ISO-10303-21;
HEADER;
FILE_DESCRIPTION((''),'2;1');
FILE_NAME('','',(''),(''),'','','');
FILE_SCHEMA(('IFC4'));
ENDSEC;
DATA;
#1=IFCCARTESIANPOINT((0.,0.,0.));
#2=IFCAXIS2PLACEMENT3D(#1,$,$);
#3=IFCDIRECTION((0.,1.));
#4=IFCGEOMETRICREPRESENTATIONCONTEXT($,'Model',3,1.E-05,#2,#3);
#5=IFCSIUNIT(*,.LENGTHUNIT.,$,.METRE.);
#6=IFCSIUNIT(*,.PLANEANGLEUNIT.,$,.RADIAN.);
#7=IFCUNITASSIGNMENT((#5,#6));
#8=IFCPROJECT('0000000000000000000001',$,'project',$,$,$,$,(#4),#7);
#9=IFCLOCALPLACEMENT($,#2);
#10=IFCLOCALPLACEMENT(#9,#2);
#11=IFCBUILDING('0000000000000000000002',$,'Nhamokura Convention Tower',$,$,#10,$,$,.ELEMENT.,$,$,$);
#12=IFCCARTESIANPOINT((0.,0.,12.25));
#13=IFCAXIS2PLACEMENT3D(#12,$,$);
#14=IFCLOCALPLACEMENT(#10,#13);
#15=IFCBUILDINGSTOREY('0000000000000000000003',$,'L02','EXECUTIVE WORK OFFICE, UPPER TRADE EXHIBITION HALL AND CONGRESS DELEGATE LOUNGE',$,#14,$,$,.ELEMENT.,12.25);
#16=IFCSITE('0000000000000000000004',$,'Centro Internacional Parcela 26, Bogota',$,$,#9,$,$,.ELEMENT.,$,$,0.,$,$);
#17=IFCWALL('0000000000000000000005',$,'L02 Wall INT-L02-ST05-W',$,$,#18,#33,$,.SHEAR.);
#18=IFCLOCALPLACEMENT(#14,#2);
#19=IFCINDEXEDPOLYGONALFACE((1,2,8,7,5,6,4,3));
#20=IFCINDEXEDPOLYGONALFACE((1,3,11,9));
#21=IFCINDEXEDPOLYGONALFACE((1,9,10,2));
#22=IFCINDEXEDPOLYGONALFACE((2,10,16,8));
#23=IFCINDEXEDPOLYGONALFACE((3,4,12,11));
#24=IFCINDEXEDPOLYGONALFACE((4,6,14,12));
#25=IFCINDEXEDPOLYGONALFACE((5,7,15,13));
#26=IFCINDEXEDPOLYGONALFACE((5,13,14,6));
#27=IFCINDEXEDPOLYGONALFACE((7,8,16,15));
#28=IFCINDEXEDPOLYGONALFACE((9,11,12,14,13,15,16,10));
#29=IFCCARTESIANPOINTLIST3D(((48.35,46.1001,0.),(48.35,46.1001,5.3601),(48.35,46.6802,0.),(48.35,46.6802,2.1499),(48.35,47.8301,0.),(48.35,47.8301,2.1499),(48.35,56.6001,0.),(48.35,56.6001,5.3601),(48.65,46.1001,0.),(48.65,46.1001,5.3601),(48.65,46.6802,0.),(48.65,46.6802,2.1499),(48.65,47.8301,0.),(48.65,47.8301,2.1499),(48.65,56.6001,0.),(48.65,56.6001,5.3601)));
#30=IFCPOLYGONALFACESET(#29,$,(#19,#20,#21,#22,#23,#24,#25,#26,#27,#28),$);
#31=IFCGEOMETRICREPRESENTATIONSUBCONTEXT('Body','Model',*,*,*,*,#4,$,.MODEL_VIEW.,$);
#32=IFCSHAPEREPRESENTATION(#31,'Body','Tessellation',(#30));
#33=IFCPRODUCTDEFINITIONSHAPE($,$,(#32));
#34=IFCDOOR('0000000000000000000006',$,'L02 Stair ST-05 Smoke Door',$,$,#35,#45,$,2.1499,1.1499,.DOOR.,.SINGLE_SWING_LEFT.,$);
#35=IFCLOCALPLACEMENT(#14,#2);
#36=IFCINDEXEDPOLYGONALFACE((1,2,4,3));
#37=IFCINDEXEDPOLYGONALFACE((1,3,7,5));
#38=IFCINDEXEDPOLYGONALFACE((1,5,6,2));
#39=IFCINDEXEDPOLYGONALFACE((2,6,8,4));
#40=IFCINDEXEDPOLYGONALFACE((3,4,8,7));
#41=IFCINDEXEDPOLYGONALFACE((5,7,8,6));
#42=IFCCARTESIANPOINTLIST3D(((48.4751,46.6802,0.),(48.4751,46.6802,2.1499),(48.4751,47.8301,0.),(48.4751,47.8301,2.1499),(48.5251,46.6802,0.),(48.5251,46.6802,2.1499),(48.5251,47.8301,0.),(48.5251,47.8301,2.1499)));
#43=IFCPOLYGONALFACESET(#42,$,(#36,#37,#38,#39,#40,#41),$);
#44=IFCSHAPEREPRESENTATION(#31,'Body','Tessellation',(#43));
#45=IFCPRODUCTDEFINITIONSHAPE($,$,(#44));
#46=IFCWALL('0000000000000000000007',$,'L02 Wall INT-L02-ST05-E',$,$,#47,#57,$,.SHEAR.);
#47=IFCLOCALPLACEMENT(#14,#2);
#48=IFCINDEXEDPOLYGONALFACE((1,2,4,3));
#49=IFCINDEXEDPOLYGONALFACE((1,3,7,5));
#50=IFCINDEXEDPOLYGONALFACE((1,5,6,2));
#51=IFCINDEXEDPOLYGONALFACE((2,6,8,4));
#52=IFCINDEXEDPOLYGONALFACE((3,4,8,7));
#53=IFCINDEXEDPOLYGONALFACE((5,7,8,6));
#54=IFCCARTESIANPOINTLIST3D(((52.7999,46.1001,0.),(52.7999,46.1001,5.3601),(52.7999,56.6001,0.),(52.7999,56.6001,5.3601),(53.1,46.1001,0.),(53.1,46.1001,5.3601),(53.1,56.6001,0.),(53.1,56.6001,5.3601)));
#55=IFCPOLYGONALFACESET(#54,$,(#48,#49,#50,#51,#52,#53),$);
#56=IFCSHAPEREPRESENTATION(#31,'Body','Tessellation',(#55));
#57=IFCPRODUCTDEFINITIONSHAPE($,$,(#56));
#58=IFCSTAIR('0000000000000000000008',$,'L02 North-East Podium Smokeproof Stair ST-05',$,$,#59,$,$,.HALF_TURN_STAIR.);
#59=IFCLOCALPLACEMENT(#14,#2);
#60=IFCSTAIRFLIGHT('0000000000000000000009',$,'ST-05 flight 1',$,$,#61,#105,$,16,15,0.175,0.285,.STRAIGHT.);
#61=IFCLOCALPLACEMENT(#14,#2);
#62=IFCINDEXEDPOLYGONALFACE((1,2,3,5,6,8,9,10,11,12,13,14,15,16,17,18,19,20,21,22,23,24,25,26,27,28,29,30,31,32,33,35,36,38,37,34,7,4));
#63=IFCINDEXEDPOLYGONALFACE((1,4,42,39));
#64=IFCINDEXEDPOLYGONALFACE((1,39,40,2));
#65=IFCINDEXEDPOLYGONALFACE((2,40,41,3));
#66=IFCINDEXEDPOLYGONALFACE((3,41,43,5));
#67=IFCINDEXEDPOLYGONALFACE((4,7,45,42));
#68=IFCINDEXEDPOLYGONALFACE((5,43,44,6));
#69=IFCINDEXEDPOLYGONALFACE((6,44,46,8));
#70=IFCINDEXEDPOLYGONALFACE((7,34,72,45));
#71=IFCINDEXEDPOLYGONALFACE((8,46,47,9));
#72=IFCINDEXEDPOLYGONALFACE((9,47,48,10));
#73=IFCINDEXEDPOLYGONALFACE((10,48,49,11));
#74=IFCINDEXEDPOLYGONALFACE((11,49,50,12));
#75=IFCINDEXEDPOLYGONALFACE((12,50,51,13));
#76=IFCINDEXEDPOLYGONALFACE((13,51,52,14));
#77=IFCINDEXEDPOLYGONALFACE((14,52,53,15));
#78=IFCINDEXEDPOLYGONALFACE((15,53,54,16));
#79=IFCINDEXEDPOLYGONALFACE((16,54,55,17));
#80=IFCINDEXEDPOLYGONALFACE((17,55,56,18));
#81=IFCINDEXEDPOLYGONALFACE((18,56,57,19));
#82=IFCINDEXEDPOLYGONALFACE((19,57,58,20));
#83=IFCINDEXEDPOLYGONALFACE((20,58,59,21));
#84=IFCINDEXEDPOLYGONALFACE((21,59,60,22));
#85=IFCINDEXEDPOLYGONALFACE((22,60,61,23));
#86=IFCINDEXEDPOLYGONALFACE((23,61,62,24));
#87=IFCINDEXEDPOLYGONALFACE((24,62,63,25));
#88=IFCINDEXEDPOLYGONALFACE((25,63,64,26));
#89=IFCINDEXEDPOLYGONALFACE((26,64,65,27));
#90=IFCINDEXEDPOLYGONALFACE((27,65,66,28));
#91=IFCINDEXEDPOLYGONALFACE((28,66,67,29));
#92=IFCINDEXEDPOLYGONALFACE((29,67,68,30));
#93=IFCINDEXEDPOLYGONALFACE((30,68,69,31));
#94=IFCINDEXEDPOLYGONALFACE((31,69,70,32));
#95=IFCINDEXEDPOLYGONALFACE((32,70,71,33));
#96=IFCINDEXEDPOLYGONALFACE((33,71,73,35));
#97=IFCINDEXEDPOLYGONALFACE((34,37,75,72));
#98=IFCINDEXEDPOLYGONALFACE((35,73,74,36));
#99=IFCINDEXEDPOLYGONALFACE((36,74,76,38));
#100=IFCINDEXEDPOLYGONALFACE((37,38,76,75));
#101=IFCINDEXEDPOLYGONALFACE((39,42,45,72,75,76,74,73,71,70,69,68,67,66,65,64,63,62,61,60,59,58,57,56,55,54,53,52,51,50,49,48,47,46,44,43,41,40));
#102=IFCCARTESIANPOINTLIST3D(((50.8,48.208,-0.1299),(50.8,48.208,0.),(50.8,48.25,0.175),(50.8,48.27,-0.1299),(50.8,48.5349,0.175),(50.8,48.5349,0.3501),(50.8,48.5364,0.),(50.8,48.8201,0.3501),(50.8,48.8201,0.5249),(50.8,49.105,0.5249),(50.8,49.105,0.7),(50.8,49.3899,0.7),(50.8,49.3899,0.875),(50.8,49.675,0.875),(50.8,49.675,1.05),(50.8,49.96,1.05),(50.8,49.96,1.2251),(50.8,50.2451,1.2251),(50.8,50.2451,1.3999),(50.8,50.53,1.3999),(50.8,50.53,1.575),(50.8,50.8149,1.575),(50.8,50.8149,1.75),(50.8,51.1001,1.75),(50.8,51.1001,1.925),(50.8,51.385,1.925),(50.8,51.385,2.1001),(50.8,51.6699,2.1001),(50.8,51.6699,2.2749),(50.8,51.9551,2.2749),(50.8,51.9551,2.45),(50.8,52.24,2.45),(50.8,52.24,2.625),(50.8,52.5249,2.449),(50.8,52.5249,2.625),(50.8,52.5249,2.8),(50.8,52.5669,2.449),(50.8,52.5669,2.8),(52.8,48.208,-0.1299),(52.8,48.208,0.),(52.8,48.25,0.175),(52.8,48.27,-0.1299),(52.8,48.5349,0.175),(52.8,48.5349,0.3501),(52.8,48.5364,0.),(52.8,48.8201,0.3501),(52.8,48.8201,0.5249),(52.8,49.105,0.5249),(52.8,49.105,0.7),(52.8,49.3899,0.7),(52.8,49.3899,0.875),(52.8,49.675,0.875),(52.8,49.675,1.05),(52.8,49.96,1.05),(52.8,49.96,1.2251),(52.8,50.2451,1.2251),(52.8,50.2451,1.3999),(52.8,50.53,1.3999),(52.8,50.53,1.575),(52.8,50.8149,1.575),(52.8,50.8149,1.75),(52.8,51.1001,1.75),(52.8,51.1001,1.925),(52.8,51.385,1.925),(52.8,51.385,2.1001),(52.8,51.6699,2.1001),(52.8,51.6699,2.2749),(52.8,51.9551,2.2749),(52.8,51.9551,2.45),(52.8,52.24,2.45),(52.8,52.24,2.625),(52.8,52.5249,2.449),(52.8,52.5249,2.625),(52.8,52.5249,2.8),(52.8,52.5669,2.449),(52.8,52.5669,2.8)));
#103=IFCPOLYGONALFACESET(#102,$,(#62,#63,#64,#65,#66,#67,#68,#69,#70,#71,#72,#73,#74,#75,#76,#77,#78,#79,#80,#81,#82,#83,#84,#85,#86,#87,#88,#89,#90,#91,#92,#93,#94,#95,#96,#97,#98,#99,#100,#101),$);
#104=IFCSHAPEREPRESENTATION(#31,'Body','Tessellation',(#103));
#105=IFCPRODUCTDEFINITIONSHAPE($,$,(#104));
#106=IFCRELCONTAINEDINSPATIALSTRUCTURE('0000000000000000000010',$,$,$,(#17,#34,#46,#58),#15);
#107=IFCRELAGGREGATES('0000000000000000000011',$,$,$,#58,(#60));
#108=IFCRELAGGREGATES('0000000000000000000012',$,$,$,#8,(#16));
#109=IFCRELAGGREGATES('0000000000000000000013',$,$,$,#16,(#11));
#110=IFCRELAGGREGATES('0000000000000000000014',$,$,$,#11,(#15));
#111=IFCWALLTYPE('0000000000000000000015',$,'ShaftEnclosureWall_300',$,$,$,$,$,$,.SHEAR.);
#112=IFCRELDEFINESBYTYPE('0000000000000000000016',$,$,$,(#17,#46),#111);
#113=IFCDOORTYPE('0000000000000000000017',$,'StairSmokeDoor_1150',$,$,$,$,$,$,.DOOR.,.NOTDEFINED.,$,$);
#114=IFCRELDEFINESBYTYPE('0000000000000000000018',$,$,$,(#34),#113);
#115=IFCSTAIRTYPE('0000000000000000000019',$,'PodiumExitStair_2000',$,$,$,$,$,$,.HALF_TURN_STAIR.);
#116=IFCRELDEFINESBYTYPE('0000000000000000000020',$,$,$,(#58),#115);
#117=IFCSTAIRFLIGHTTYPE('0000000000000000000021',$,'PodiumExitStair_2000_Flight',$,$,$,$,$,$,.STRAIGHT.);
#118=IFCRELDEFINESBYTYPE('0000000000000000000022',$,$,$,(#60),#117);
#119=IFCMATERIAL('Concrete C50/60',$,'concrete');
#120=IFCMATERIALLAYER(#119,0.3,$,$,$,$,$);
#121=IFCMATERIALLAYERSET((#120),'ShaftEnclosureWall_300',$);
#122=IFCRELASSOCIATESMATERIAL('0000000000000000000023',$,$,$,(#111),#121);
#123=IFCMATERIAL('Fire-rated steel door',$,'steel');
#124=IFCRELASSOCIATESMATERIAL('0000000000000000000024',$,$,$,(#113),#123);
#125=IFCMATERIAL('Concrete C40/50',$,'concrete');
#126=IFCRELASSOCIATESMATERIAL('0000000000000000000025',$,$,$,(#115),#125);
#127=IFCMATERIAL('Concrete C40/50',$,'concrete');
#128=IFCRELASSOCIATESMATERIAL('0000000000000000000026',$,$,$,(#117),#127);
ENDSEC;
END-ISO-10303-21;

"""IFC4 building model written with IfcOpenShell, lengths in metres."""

from ifc_helpers import new_model, si_unit, direction, frame, frame_2d, origin, place, context, subcontext, project, spatial, polyline, rectangle, outline, extrude, material, layer, layer_set, type_object, element, fill, aggregate, save


model = new_model("IFC4")

# Units and contexts
model_context = context("Model", 3, precision=1e-05, world=origin(), true_north=direction((0.0, 1.0)))
body_context = subcontext(model_context, "Body", "Model", "MODEL_VIEW")
ifc_project = project(units=[si_unit("LENGTHUNIT", "METRE"), si_unit("PLANEANGLEUNIT", "RADIAN")], contexts=[model_context])

# Site, building, storey
site_placement = place(None, origin())
site = spatial("IfcSite", under=ifc_project, at=site_placement, Name="Centro Internacional Parcela 26, Bogota", CompositionType="ELEMENT", RefElevation=0.0)
building_placement = place(site_placement, origin())
building = spatial("IfcBuilding", under=site, at=building_placement, Name="Nhamokura Convention Tower", CompositionType="ELEMENT")
storey_placement = place(building_placement, frame((0.0, 0.0, 12.25)))
storey = spatial("IfcBuildingStorey", under=building, at=storey_placement, Name="L02", Description="EXECUTIVE WORK OFFICE, UPPER TRADE EXHIBITION HALL AND CONGRESS DELEGATE LOUNGE", CompositionType="ELEMENT", Elevation=12.25)

# Wall, opening, door
ifc_material_1 = material(Name="Concrete C50/60", Category="concrete")
ifc_layer_1 = layer(ifc_material_1, 0.3)
ifc_layer_set_1 = layer_set([ifc_layer_1], Name="ShaftEnclosureWall_300")
wall_type_1 = type_object("IfcWallType", Name="ShaftEnclosureWall_300", PredefinedType="SHEAR", material=ifc_layer_set_1)
wall_1_placement = place(storey_placement, frame((48.5, 46.1001, 0.0), z_axis=(0.0, 0.0, 1.0), x_axis=(0.0, 1.0, 0.0)))
wall_1 = element("IfcWall", 1, at=wall_1_placement, inside=storey, type_object=wall_type_1, Name="L02 Wall INT-L02-ST05-W", PredefinedType="SHEAR", context=body_context, shape_type="SweptSolid", body=[
    extrude(rectangle(XDim=10.5, YDim=0.3, at=frame_2d((5.25, 0.0))), origin(), (0.0, 0.0, 1.0), 5.3601),
])
opening_1_placement = place(wall_1_placement, frame((0.5801, 0.0, 0.0)))
opening_1 = element("IfcOpeningElement", 2, at=opening_1_placement, cuts=wall_1, PredefinedType="OPENING", context=body_context, shape_type="SweptSolid", body=[
    extrude(rectangle(XDim=1.1499, YDim=2.1499, at=frame_2d((0.575, 1.075))), frame((0.0, 0.1599, 0.0), z_axis=(0.0, -1.0, 0.0), x_axis=(1.0, 0.0, 0.0)), (0.0, 0.0, 1.0), 0.3201),
])
ifc_material_2 = material(Name="Fire-rated steel door", Category="steel")
door_type = type_object("IfcDoorType", Name="StairSmokeDoor_1150", OperationType="NOTDEFINED", PredefinedType="DOOR", material=ifc_material_2)
door_placement = place(opening_1_placement, origin())
door = element("IfcDoor", 3, at=door_placement, inside=storey, type_object=door_type, Name="L02 Stair ST-05 Smoke Door", OperationType="SINGLE_SWING_LEFT", OverallHeight=2.1499, OverallWidth=1.1499, PredefinedType="DOOR", context=body_context, shape_type="SweptSolid", body=[
    extrude(rectangle(XDim=1.1499, YDim=2.1499, at=frame_2d((0.575, 1.075))), frame((0.0, 0.0249, 0.0), z_axis=(0.0, -1.0, 0.0), x_axis=(1.0, 0.0, 0.0)), (0.0, 0.0, 1.0), 0.05),
])
fill(opening_1, door)

# Wall
wall_2_placement = place(storey_placement, frame((52.95, 46.1001, 0.0), z_axis=(0.0, 0.0, 1.0), x_axis=(0.0, 1.0, 0.0)))
element("IfcWall", 4, at=wall_2_placement, inside=storey, type_object=wall_type_1, Name="L02 Wall INT-L02-ST05-E", PredefinedType="SHEAR", context=body_context, shape_type="SweptSolid", body=[
    extrude(rectangle(XDim=10.5, YDim=0.3, at=frame_2d((5.25, 0.0))), origin(), (0.0, 0.0, 1.0), 5.3601),
])

# Stair, stair flight
ifc_material_3 = material(Name="Concrete C40/50", Category="concrete")
stair_type = type_object("IfcStairType", Name="PodiumExitStair_2000", PredefinedType="HALF_TURN_STAIR", material=ifc_material_3)
stair_placement = place(storey_placement, origin())
stair = element("IfcStair", 5, at=stair_placement, inside=storey, type_object=stair_type, Name="L02 North-East Podium Smokeproof Stair ST-05", PredefinedType="HALF_TURN_STAIR")
ifc_material_4 = material(Name="Concrete C40/50", Category="concrete")
stair_flight_type = type_object("IfcStairFlightType", Name="PodiumExitStair_2000_Flight", PredefinedType="STRAIGHT", material=ifc_material_4)
stair_flight_placement = place(storey_placement, frame((51.8, 48.25, 0.0), z_axis=(0.0, 0.0, 1.0), x_axis=(0.0, 1.0, 0.0)))
stair_flight = element("IfcStairFlight", 6, at=stair_flight_placement, type_object=stair_flight_type, Name="ST-05 flight 1", NumberOfRisers=16, NumberOfTreads=15, PredefinedType="STRAIGHT", RiserHeight=0.175, TreadLength=0.285, context=body_context, shape_type="SweptSolid", body=[
    extrude(outline(polyline([(-0.042, 0.0), (0.0, 0.175), (0.2849, 0.175), (0.2849, 0.3501), (0.5701, 0.3501), (0.5701, 0.5249), (0.855, 0.5249), (0.855, 0.7), (1.1399, 0.7), (1.1399, 0.875), (1.425, 0.875), (1.425, 1.05), (1.71, 1.05), (1.71, 1.2251), (1.9951, 1.2251), (1.9951, 1.3999), (2.28, 1.3999), (2.28, 1.575), (2.5649, 1.575), (2.5649, 1.75), (2.8501, 1.75), (2.8501, 1.925), (3.135, 1.925), (3.135, 2.1001), (3.4199, 2.1001), (3.4199, 2.2749), (3.7051, 2.2749), (3.7051, 2.45), (3.99, 2.45), (3.99, 2.625), (4.2749, 2.625), (4.2749, 2.8), (4.3169, 2.8), (4.3169, 2.449), (4.2749, 2.449), (0.2864, 0.0), (0.02, -0.1299), (-0.042, -0.1299), (-0.042, 0.0)])), frame((0.0, 1.0, 0.0), z_axis=(0.0, -1.0, 0.0), x_axis=(1.0, 0.0, 0.0)), (0.0, 0.0, 1.0), 2.0),
])
aggregate(stair, [stair_flight])

save(model, "model.ifc")
